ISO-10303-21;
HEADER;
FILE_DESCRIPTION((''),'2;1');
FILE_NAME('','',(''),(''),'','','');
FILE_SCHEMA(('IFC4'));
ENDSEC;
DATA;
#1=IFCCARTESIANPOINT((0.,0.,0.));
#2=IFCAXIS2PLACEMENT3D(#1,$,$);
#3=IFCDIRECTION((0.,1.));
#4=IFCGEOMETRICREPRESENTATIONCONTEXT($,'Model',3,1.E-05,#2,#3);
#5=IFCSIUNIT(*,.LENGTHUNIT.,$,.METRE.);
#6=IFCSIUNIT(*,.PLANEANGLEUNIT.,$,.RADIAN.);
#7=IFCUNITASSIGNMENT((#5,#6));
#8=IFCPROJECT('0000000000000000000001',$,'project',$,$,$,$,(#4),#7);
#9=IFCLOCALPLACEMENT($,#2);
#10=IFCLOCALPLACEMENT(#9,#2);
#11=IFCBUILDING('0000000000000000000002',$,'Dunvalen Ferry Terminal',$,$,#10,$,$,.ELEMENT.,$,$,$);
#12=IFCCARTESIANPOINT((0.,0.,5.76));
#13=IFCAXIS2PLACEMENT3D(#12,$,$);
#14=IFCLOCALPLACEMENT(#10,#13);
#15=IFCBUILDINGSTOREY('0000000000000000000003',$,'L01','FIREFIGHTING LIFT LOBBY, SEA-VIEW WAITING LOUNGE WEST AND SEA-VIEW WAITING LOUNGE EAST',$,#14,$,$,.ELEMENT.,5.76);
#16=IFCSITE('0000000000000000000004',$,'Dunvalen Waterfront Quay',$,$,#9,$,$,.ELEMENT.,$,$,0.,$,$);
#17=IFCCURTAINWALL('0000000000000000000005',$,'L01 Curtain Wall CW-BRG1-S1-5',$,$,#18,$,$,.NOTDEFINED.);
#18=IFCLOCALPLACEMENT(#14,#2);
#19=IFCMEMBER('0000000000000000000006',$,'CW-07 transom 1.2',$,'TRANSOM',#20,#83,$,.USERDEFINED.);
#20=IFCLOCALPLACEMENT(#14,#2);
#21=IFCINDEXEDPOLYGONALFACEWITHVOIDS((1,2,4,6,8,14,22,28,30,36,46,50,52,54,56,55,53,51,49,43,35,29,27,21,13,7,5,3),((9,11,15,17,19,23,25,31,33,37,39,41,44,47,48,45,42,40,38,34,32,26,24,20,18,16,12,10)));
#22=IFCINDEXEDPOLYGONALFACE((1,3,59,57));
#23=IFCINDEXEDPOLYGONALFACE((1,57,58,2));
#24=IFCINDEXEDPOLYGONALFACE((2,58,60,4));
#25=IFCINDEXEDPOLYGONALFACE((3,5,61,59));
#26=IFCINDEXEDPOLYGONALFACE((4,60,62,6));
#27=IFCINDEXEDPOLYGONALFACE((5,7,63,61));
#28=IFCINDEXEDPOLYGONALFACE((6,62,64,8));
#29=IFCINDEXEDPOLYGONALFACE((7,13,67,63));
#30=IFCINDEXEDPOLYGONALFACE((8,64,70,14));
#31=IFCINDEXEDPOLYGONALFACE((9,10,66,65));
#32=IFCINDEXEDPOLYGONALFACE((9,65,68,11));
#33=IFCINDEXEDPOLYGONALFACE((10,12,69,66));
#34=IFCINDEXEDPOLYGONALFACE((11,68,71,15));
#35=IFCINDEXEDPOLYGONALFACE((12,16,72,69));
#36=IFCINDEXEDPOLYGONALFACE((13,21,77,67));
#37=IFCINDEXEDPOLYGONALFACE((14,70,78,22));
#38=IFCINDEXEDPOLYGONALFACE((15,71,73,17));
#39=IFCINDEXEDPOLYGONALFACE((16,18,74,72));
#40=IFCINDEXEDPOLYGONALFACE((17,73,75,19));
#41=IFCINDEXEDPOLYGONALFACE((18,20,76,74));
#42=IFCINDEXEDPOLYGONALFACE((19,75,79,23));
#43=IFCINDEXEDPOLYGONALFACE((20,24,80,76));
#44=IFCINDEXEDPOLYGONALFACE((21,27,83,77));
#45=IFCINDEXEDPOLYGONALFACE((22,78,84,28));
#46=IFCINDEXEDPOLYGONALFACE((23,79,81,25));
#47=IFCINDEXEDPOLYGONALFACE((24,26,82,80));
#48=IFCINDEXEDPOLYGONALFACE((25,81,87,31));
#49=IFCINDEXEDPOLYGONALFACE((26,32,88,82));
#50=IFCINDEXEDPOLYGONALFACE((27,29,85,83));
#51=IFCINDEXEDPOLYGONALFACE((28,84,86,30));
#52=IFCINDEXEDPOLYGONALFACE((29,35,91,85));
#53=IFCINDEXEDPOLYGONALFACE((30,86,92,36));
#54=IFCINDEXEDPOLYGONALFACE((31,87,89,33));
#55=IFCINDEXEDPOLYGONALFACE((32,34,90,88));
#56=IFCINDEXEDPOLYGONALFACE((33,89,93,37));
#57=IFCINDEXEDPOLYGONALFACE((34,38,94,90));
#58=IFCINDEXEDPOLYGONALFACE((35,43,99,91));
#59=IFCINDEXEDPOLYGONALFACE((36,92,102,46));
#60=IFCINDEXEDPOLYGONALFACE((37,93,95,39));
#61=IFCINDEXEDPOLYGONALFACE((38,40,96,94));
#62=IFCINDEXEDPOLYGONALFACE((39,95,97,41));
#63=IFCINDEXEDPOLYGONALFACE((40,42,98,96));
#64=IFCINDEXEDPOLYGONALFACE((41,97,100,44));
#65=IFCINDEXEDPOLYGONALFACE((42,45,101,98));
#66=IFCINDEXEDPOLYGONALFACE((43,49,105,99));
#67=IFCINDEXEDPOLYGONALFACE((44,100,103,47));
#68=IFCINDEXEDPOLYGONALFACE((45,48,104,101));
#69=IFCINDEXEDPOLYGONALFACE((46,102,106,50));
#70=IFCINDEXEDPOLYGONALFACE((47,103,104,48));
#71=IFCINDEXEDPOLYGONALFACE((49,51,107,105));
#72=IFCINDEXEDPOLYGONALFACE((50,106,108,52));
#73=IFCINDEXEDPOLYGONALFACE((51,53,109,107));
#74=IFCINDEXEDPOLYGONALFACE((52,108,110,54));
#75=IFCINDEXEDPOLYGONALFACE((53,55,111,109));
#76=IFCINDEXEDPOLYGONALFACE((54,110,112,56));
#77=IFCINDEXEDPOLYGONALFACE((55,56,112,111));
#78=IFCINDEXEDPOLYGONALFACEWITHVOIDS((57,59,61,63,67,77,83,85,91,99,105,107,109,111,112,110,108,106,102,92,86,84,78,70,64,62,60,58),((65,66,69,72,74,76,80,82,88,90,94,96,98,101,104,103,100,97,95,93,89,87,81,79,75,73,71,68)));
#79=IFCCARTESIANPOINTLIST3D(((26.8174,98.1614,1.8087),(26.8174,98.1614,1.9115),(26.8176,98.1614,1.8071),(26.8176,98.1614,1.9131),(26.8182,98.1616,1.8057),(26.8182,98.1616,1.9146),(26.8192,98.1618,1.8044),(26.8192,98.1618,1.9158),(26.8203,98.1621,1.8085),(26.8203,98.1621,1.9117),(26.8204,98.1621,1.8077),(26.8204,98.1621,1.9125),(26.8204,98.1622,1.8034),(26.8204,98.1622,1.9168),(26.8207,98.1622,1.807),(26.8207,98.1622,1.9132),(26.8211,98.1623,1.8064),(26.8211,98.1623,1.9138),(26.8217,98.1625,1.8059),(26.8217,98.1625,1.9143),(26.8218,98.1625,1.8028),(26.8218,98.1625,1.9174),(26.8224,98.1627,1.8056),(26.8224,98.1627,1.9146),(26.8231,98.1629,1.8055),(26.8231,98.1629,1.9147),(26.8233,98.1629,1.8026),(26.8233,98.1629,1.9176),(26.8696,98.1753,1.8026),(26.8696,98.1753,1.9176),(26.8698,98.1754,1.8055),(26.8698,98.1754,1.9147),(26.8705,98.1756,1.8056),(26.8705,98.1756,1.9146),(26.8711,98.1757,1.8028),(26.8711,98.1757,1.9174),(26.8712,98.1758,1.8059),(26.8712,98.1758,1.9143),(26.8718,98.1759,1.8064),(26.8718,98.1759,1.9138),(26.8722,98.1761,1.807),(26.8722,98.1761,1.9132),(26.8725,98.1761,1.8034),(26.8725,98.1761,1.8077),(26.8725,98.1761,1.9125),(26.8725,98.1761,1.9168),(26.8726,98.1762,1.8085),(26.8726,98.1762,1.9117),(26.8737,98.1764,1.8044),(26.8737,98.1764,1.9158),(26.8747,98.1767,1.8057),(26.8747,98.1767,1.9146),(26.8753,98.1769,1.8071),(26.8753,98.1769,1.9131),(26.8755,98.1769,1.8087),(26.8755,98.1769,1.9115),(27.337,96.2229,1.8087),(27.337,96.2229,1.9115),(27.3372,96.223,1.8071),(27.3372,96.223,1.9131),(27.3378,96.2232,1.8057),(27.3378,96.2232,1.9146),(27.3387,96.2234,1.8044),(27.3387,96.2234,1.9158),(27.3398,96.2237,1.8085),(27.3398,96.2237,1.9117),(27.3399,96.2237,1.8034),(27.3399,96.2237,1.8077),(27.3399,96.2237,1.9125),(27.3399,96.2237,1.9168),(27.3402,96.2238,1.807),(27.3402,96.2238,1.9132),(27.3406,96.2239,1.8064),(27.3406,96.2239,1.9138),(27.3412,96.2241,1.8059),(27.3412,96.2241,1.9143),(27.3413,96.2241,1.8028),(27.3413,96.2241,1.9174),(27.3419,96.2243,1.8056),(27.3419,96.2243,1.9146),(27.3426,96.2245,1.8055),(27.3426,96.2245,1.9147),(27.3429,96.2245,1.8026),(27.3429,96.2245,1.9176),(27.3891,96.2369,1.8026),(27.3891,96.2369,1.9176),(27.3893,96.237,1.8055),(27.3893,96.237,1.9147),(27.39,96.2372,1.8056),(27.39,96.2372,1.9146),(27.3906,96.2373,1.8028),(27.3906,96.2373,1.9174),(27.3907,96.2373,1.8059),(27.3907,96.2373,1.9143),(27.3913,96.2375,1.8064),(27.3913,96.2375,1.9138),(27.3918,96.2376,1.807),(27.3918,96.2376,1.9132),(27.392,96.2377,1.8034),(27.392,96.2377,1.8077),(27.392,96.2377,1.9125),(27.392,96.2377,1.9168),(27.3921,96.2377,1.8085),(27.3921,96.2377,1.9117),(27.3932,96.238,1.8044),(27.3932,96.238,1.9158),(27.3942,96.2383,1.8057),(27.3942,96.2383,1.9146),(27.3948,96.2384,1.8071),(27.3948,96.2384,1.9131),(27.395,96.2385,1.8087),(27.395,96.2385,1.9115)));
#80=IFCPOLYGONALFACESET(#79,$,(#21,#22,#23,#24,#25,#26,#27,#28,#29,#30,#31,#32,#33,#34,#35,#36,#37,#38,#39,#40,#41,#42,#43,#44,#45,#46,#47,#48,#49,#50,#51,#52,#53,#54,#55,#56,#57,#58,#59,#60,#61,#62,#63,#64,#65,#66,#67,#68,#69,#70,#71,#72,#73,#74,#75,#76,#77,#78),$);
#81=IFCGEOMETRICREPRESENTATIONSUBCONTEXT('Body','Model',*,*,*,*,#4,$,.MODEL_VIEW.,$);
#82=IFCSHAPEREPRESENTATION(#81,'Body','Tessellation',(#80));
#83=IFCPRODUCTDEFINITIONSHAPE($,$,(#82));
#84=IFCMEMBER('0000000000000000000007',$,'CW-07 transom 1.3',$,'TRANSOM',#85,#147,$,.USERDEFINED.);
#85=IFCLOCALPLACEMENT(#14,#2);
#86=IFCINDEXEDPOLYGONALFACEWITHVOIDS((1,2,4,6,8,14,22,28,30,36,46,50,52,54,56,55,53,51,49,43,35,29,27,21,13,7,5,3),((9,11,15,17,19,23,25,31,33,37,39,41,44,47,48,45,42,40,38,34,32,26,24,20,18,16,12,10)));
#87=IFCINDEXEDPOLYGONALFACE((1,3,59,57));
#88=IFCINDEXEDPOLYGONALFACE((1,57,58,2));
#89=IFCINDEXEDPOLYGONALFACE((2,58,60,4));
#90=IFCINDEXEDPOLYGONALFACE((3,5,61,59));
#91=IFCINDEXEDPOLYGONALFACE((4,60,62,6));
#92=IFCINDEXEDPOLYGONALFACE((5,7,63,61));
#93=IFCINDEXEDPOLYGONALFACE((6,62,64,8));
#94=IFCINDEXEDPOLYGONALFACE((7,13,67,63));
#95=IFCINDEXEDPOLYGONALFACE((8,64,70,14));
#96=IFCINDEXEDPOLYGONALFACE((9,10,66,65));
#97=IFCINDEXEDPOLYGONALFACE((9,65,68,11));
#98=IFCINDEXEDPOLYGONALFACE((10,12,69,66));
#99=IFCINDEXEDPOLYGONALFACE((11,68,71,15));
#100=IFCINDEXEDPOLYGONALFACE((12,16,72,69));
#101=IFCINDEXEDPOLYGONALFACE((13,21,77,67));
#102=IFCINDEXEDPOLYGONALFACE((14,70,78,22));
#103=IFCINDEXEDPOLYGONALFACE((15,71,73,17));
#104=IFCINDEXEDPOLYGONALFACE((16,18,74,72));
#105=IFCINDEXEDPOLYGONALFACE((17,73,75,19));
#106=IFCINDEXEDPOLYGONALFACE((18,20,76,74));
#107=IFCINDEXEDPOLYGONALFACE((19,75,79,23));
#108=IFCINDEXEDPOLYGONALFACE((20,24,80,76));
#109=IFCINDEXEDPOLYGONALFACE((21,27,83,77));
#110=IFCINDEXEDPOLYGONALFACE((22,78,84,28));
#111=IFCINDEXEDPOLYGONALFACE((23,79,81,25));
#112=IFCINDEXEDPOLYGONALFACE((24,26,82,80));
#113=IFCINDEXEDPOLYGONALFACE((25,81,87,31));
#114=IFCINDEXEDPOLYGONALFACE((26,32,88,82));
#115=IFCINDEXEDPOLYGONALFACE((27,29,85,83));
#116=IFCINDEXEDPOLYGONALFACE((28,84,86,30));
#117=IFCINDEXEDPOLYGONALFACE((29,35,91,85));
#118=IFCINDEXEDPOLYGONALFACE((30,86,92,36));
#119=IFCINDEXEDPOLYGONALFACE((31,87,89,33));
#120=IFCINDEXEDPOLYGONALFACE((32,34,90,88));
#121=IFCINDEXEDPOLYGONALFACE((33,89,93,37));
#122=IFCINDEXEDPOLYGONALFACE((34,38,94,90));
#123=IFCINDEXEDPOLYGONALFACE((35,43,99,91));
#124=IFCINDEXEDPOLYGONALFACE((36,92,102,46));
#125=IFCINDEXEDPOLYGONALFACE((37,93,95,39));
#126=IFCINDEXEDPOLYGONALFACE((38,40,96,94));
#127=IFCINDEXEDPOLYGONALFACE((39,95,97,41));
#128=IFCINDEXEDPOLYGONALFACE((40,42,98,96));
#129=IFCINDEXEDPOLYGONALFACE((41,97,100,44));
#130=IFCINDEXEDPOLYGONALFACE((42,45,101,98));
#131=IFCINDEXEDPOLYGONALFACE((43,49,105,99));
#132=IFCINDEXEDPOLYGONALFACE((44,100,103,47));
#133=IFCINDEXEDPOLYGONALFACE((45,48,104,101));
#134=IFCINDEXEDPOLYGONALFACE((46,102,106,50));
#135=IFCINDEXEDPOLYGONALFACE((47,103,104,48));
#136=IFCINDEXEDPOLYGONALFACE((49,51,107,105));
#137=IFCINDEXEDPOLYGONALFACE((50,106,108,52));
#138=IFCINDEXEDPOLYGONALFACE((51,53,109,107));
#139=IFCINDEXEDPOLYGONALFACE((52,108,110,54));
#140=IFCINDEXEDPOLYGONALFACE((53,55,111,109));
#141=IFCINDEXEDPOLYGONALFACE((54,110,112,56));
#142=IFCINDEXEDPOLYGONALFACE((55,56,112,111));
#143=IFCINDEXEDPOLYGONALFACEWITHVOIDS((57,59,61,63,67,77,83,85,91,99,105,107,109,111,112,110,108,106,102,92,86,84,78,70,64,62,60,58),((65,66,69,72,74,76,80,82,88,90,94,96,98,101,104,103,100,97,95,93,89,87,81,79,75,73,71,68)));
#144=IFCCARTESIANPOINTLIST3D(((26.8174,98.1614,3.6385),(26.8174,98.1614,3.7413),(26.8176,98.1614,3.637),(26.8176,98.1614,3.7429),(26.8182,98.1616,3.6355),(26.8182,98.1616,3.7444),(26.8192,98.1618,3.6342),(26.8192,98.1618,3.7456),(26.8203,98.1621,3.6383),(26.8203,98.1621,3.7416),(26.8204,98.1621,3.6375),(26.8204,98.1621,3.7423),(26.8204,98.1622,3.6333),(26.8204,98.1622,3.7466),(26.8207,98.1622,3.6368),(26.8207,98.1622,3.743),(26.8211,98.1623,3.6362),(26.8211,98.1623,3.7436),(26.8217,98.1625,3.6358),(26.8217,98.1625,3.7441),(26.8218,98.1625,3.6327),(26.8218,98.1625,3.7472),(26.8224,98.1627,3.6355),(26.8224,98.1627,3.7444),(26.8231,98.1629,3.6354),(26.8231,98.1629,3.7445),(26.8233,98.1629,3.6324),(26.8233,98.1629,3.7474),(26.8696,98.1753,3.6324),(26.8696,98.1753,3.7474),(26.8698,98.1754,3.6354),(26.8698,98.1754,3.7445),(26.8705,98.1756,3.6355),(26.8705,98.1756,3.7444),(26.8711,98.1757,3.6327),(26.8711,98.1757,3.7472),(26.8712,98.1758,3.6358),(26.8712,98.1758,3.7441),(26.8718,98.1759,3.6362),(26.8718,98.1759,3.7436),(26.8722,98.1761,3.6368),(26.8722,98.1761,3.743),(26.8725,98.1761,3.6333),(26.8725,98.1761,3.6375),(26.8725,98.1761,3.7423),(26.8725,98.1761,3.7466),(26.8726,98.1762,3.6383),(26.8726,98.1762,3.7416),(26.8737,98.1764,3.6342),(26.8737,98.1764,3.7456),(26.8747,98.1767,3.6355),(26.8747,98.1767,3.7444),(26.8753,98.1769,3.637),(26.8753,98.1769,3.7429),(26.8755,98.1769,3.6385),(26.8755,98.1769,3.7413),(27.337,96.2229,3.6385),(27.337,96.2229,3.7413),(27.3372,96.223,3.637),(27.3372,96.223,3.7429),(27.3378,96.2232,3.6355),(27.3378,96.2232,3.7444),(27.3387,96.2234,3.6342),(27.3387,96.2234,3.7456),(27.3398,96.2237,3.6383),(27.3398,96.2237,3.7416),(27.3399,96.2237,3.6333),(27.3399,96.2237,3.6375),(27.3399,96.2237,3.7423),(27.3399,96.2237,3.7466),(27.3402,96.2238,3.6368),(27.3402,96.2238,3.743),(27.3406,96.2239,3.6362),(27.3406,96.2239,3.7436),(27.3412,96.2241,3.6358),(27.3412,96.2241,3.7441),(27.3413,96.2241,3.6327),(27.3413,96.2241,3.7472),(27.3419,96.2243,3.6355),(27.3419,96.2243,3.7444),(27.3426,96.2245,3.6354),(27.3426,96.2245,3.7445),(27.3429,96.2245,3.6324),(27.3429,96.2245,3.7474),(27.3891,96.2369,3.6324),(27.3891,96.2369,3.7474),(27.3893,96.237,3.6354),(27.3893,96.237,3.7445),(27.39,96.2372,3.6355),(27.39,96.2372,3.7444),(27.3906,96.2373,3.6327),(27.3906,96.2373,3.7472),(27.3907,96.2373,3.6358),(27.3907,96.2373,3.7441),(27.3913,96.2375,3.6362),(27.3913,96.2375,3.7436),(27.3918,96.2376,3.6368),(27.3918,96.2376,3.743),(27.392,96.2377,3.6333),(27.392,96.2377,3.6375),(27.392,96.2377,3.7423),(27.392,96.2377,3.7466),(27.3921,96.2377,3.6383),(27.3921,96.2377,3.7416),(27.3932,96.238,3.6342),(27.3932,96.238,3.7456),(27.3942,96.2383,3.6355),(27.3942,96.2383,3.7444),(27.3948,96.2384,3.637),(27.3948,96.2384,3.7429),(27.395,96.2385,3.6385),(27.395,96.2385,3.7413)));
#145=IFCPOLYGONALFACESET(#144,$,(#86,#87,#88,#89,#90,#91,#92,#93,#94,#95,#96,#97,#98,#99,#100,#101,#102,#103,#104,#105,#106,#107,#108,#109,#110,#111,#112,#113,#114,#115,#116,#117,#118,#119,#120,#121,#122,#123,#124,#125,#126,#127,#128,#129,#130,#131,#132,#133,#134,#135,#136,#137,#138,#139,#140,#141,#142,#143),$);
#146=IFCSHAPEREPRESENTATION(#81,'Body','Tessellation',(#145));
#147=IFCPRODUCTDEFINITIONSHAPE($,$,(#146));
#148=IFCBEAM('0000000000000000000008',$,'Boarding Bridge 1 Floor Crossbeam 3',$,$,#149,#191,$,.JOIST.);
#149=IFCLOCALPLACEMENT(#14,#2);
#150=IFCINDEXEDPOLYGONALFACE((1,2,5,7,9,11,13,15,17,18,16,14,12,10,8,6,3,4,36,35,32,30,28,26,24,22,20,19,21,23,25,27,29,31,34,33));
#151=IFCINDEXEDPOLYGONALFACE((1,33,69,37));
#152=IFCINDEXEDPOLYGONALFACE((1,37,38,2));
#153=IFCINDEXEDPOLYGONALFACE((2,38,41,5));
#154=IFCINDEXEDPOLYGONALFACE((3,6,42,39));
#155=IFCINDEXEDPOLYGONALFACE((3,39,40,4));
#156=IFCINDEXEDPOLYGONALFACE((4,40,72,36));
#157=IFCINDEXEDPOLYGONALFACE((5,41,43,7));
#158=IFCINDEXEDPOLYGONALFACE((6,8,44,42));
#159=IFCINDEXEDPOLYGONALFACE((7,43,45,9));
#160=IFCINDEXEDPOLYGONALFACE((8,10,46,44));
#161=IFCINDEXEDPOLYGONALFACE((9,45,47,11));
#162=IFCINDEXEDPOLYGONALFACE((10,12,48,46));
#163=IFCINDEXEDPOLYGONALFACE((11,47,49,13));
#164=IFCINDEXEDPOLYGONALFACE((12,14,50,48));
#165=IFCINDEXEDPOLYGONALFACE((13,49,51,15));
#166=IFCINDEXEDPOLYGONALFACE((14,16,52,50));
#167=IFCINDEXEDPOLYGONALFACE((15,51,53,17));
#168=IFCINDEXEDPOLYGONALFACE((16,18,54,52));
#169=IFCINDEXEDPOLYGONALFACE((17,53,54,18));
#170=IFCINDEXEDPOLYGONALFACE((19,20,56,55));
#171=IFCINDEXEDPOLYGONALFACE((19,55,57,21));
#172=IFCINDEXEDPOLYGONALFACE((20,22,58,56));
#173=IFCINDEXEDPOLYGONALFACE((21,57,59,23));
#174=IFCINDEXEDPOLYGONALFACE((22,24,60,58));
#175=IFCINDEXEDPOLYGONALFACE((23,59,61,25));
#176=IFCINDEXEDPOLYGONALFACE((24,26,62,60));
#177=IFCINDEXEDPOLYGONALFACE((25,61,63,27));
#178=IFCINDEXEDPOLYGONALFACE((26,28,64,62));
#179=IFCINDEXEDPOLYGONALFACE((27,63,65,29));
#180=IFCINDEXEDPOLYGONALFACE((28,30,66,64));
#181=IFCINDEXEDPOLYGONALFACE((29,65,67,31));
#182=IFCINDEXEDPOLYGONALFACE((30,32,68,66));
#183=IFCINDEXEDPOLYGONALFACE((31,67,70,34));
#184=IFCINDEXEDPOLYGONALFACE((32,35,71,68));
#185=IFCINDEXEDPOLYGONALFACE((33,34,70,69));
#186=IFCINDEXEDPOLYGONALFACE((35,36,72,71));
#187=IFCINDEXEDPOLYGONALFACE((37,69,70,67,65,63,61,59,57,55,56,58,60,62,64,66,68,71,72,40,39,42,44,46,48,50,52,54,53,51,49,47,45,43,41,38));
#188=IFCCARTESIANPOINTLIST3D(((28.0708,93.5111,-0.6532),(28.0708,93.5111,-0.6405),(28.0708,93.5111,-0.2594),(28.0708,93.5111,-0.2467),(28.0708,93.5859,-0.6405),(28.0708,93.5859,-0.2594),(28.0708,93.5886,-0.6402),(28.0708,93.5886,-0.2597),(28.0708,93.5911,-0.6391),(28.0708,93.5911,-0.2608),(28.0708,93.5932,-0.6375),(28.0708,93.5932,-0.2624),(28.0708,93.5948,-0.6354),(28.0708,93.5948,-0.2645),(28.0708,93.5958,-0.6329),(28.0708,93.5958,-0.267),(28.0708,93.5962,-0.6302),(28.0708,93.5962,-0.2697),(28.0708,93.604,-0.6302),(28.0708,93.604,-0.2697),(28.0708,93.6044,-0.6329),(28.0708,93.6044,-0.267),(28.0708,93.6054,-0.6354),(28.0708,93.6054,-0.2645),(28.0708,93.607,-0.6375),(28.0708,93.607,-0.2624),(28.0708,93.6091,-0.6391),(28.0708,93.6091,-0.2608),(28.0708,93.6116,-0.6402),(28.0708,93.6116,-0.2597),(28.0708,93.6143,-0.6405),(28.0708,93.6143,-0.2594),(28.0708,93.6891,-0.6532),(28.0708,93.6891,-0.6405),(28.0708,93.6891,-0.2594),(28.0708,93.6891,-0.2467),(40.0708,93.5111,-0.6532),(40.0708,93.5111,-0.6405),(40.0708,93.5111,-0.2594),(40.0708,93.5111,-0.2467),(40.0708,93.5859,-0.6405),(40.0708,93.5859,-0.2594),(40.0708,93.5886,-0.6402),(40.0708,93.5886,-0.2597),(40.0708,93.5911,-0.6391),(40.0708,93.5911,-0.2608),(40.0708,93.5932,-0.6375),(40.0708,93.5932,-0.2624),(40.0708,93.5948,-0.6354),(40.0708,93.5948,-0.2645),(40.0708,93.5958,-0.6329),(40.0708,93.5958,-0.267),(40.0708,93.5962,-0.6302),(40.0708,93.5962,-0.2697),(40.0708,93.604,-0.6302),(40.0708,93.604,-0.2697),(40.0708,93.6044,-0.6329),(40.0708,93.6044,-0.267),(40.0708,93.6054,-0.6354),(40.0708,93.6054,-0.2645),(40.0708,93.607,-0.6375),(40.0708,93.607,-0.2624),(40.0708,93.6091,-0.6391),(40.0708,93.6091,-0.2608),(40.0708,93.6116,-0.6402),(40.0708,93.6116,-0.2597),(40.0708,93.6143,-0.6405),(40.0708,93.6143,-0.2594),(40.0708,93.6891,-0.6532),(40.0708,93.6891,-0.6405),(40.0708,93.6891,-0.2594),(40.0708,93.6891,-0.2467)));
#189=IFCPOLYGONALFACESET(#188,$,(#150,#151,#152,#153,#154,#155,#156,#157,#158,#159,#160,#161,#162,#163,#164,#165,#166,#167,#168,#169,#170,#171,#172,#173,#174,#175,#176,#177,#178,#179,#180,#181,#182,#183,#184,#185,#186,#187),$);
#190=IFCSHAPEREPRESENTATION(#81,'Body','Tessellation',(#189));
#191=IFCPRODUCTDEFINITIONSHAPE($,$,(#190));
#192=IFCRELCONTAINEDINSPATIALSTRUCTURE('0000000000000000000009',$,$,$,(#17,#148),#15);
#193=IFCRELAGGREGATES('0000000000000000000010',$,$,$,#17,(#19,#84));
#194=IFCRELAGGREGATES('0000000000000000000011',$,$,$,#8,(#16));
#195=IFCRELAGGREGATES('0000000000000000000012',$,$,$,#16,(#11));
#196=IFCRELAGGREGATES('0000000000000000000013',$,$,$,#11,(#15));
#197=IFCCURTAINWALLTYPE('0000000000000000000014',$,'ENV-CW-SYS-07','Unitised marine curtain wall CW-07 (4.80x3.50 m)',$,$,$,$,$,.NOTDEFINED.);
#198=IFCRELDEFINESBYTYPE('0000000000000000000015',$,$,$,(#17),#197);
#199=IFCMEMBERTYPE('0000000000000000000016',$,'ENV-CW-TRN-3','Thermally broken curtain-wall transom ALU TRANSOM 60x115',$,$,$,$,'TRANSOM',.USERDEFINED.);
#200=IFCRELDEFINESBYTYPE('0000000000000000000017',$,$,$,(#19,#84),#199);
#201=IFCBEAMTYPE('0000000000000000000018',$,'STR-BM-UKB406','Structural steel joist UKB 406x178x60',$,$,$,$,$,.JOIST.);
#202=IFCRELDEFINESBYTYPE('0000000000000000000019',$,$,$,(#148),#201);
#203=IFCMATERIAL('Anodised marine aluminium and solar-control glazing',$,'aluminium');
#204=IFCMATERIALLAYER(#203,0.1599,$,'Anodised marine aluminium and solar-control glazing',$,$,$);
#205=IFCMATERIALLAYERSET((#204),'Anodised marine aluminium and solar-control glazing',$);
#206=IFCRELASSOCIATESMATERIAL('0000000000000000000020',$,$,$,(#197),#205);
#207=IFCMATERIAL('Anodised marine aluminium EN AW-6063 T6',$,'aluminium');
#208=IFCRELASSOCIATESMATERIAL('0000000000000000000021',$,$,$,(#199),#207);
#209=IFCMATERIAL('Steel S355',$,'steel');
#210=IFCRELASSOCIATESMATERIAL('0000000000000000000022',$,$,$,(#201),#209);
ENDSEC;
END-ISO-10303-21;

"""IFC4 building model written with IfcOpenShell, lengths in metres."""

from ifc_helpers import new_model, si_unit, direction, frame, origin, origin_2d, place, context, subcontext, project, spatial, hollow_rectangle, i_section, extrude, material, layer, layer_set, material_profile, profile_set, type_object, element, aggregate, save


model = new_model("IFC4")

# Units and contexts
model_context = context("Model", 3, precision=1e-05, world=origin(), true_north=direction((0.0, 1.0)))
body_context = subcontext(model_context, "Body", "Model", "MODEL_VIEW")
ifc_project = project(units=[si_unit("LENGTHUNIT", "METRE"), si_unit("PLANEANGLEUNIT", "RADIAN")], contexts=[model_context])

# Site, building, storey
site_placement = place(None, origin())
site = spatial("IfcSite", under=ifc_project, at=site_placement, Name="Dunvalen Waterfront Quay", CompositionType="ELEMENT", RefElevation=0.0)
building_placement = place(site_placement, origin())
building = spatial("IfcBuilding", under=site, at=building_placement, Name="Dunvalen Ferry Terminal", CompositionType="ELEMENT")
storey_placement = place(building_placement, frame((0.0, 0.0, 5.76)))
storey = spatial("IfcBuildingStorey", under=building, at=storey_placement, Name="L01", Description="FIREFIGHTING LIFT LOBBY, SEA-VIEW WAITING LOUNGE WEST AND SEA-VIEW WAITING LOUNGE EAST", CompositionType="ELEMENT", Elevation=5.76)

# Shared definitions
ifc_material_1 = material(Name="Steel S355", Category="steel")

# Shared definitions
ifc_material_2 = material(Name="Anodised marine aluminium and solar-control glazing", Category="aluminium")
ifc_material_3 = material(Name="Anodised marine aluminium EN AW-6063 T6", Category="aluminium")
ifc_layer_1 = layer(ifc_material_2, 0.1599, Name="Anodised marine aluminium and solar-control glazing")
ifc_layer_set_1 = layer_set([ifc_layer_1], Name="Anodised marine aluminium and solar-control glazing")
curtain_wall_type_1 = type_object("IfcCurtainWallType", Name="ENV-CW-SYS-07", Description="Unitised marine curtain wall CW-07 (4.80x3.50 m)", PredefinedType="NOTDEFINED", material=ifc_layer_set_1)

# Curtain wall
curtain_wall_1_placement = place(storey_placement, origin())
curtain_wall_1 = element("IfcCurtainWall", 1, at=curtain_wall_1_placement, inside=storey, type_object=curtain_wall_type_1, Name="L01 Curtain Wall CW-BRG1-S1-5", PredefinedType="NOTDEFINED")

# Members
ifc_material_profile_1 = material_profile(ifc_material_3, hollow_rectangle(XDim=0.0601, YDim=0.115, WallThickness=0.0029, InnerFilletRadius=0.0029, OuterFilletRadius=0.0061, at=origin_2d()), Name="Anodised marine aluminium EN AW-6063 T6")
ifc_profile_set_1 = profile_set([ifc_material_profile_1], Name="Anodised marine aluminium EN AW-6063 T6")
member_type_1 = type_object("IfcMemberType", Name="ENV-CW-TRN-3", Description="Thermally broken curtain-wall transom ALU TRANSOM 60x115", ElementType="TRANSOM", PredefinedType="USERDEFINED", material=ifc_profile_set_1)
member_1_placement = place(storey_placement, frame((27.366, 96.2307, 1.8601), z_axis=(-0.258874, 0.965911, 0.0), x_axis=(-0.965911, -0.258874, 0.0)))
member_1 = element("IfcMember", 2, at=member_1_placement, type_object=member_type_1, Name="CW-07 transom 1.2", ObjectType="TRANSOM", PredefinedType="USERDEFINED", context=body_context, shape_type="SweptSolid", body=[
    extrude(hollow_rectangle(XDim=0.0601, YDim=0.115, WallThickness=0.0029, InnerFilletRadius=0.0029, OuterFilletRadius=0.0061, at=origin_2d()), origin(), (0.0, 0.0, 1.0), 2.0068),
])
member_2_placement = place(storey_placement, frame((27.366, 96.2307, 3.6899), z_axis=(-0.258874, 0.965911, 0.0), x_axis=(-0.965911, -0.258874, 0.0)))
member_2 = element("IfcMember", 3, at=member_2_placement, type_object=member_type_1, Name="CW-07 transom 1.3", ObjectType="TRANSOM", PredefinedType="USERDEFINED", context=body_context, shape_type="SweptSolid", body=[
    extrude(hollow_rectangle(XDim=0.0601, YDim=0.115, WallThickness=0.0029, InnerFilletRadius=0.0029, OuterFilletRadius=0.0061, at=origin_2d()), origin(), (0.0, 0.0, 1.0), 2.0068),
])

# Beam
ifc_material_profile_2 = material_profile(ifc_material_1, i_section(OverallWidth=0.178, OverallDepth=0.4065, WebThickness=0.0078, FlangeThickness=0.0127, FilletRadius=0.0103, at=origin_2d()), Name="Steel S355")
ifc_profile_set_2 = profile_set([ifc_material_profile_2], Name="Steel S355")
beam_type = type_object("IfcBeamType", Name="STR-BM-UKB406", Description="Structural steel joist UKB 406x178x60", PredefinedType="JOIST", material=ifc_profile_set_2)
for number, where, z_axis, x_axis, name in (
    (4, (28.0708, 93.6001, -0.45), (1.0, 0.0, 0.0), (0.0, 1.0, 0.0), "Boarding Bridge 1 Floor Crossbeam 3"),
):
    element("IfcBeam", number, at=place(storey_placement, frame(where, z_axis=z_axis, x_axis=x_axis)), inside=storey, type_object=beam_type, Name=name, PredefinedType="JOIST", context=body_context, shape_type="SweptSolid", body=[
        extrude(i_section(OverallWidth=0.178, OverallDepth=0.4065, WebThickness=0.0078, FlangeThickness=0.0127, FilletRadius=0.0103, at=origin_2d()), origin(), (0.0, 0.0, 1.0), 12.0),
    ])

aggregate(curtain_wall_1, [member_1, member_2])

save(model, "model.ifc")
